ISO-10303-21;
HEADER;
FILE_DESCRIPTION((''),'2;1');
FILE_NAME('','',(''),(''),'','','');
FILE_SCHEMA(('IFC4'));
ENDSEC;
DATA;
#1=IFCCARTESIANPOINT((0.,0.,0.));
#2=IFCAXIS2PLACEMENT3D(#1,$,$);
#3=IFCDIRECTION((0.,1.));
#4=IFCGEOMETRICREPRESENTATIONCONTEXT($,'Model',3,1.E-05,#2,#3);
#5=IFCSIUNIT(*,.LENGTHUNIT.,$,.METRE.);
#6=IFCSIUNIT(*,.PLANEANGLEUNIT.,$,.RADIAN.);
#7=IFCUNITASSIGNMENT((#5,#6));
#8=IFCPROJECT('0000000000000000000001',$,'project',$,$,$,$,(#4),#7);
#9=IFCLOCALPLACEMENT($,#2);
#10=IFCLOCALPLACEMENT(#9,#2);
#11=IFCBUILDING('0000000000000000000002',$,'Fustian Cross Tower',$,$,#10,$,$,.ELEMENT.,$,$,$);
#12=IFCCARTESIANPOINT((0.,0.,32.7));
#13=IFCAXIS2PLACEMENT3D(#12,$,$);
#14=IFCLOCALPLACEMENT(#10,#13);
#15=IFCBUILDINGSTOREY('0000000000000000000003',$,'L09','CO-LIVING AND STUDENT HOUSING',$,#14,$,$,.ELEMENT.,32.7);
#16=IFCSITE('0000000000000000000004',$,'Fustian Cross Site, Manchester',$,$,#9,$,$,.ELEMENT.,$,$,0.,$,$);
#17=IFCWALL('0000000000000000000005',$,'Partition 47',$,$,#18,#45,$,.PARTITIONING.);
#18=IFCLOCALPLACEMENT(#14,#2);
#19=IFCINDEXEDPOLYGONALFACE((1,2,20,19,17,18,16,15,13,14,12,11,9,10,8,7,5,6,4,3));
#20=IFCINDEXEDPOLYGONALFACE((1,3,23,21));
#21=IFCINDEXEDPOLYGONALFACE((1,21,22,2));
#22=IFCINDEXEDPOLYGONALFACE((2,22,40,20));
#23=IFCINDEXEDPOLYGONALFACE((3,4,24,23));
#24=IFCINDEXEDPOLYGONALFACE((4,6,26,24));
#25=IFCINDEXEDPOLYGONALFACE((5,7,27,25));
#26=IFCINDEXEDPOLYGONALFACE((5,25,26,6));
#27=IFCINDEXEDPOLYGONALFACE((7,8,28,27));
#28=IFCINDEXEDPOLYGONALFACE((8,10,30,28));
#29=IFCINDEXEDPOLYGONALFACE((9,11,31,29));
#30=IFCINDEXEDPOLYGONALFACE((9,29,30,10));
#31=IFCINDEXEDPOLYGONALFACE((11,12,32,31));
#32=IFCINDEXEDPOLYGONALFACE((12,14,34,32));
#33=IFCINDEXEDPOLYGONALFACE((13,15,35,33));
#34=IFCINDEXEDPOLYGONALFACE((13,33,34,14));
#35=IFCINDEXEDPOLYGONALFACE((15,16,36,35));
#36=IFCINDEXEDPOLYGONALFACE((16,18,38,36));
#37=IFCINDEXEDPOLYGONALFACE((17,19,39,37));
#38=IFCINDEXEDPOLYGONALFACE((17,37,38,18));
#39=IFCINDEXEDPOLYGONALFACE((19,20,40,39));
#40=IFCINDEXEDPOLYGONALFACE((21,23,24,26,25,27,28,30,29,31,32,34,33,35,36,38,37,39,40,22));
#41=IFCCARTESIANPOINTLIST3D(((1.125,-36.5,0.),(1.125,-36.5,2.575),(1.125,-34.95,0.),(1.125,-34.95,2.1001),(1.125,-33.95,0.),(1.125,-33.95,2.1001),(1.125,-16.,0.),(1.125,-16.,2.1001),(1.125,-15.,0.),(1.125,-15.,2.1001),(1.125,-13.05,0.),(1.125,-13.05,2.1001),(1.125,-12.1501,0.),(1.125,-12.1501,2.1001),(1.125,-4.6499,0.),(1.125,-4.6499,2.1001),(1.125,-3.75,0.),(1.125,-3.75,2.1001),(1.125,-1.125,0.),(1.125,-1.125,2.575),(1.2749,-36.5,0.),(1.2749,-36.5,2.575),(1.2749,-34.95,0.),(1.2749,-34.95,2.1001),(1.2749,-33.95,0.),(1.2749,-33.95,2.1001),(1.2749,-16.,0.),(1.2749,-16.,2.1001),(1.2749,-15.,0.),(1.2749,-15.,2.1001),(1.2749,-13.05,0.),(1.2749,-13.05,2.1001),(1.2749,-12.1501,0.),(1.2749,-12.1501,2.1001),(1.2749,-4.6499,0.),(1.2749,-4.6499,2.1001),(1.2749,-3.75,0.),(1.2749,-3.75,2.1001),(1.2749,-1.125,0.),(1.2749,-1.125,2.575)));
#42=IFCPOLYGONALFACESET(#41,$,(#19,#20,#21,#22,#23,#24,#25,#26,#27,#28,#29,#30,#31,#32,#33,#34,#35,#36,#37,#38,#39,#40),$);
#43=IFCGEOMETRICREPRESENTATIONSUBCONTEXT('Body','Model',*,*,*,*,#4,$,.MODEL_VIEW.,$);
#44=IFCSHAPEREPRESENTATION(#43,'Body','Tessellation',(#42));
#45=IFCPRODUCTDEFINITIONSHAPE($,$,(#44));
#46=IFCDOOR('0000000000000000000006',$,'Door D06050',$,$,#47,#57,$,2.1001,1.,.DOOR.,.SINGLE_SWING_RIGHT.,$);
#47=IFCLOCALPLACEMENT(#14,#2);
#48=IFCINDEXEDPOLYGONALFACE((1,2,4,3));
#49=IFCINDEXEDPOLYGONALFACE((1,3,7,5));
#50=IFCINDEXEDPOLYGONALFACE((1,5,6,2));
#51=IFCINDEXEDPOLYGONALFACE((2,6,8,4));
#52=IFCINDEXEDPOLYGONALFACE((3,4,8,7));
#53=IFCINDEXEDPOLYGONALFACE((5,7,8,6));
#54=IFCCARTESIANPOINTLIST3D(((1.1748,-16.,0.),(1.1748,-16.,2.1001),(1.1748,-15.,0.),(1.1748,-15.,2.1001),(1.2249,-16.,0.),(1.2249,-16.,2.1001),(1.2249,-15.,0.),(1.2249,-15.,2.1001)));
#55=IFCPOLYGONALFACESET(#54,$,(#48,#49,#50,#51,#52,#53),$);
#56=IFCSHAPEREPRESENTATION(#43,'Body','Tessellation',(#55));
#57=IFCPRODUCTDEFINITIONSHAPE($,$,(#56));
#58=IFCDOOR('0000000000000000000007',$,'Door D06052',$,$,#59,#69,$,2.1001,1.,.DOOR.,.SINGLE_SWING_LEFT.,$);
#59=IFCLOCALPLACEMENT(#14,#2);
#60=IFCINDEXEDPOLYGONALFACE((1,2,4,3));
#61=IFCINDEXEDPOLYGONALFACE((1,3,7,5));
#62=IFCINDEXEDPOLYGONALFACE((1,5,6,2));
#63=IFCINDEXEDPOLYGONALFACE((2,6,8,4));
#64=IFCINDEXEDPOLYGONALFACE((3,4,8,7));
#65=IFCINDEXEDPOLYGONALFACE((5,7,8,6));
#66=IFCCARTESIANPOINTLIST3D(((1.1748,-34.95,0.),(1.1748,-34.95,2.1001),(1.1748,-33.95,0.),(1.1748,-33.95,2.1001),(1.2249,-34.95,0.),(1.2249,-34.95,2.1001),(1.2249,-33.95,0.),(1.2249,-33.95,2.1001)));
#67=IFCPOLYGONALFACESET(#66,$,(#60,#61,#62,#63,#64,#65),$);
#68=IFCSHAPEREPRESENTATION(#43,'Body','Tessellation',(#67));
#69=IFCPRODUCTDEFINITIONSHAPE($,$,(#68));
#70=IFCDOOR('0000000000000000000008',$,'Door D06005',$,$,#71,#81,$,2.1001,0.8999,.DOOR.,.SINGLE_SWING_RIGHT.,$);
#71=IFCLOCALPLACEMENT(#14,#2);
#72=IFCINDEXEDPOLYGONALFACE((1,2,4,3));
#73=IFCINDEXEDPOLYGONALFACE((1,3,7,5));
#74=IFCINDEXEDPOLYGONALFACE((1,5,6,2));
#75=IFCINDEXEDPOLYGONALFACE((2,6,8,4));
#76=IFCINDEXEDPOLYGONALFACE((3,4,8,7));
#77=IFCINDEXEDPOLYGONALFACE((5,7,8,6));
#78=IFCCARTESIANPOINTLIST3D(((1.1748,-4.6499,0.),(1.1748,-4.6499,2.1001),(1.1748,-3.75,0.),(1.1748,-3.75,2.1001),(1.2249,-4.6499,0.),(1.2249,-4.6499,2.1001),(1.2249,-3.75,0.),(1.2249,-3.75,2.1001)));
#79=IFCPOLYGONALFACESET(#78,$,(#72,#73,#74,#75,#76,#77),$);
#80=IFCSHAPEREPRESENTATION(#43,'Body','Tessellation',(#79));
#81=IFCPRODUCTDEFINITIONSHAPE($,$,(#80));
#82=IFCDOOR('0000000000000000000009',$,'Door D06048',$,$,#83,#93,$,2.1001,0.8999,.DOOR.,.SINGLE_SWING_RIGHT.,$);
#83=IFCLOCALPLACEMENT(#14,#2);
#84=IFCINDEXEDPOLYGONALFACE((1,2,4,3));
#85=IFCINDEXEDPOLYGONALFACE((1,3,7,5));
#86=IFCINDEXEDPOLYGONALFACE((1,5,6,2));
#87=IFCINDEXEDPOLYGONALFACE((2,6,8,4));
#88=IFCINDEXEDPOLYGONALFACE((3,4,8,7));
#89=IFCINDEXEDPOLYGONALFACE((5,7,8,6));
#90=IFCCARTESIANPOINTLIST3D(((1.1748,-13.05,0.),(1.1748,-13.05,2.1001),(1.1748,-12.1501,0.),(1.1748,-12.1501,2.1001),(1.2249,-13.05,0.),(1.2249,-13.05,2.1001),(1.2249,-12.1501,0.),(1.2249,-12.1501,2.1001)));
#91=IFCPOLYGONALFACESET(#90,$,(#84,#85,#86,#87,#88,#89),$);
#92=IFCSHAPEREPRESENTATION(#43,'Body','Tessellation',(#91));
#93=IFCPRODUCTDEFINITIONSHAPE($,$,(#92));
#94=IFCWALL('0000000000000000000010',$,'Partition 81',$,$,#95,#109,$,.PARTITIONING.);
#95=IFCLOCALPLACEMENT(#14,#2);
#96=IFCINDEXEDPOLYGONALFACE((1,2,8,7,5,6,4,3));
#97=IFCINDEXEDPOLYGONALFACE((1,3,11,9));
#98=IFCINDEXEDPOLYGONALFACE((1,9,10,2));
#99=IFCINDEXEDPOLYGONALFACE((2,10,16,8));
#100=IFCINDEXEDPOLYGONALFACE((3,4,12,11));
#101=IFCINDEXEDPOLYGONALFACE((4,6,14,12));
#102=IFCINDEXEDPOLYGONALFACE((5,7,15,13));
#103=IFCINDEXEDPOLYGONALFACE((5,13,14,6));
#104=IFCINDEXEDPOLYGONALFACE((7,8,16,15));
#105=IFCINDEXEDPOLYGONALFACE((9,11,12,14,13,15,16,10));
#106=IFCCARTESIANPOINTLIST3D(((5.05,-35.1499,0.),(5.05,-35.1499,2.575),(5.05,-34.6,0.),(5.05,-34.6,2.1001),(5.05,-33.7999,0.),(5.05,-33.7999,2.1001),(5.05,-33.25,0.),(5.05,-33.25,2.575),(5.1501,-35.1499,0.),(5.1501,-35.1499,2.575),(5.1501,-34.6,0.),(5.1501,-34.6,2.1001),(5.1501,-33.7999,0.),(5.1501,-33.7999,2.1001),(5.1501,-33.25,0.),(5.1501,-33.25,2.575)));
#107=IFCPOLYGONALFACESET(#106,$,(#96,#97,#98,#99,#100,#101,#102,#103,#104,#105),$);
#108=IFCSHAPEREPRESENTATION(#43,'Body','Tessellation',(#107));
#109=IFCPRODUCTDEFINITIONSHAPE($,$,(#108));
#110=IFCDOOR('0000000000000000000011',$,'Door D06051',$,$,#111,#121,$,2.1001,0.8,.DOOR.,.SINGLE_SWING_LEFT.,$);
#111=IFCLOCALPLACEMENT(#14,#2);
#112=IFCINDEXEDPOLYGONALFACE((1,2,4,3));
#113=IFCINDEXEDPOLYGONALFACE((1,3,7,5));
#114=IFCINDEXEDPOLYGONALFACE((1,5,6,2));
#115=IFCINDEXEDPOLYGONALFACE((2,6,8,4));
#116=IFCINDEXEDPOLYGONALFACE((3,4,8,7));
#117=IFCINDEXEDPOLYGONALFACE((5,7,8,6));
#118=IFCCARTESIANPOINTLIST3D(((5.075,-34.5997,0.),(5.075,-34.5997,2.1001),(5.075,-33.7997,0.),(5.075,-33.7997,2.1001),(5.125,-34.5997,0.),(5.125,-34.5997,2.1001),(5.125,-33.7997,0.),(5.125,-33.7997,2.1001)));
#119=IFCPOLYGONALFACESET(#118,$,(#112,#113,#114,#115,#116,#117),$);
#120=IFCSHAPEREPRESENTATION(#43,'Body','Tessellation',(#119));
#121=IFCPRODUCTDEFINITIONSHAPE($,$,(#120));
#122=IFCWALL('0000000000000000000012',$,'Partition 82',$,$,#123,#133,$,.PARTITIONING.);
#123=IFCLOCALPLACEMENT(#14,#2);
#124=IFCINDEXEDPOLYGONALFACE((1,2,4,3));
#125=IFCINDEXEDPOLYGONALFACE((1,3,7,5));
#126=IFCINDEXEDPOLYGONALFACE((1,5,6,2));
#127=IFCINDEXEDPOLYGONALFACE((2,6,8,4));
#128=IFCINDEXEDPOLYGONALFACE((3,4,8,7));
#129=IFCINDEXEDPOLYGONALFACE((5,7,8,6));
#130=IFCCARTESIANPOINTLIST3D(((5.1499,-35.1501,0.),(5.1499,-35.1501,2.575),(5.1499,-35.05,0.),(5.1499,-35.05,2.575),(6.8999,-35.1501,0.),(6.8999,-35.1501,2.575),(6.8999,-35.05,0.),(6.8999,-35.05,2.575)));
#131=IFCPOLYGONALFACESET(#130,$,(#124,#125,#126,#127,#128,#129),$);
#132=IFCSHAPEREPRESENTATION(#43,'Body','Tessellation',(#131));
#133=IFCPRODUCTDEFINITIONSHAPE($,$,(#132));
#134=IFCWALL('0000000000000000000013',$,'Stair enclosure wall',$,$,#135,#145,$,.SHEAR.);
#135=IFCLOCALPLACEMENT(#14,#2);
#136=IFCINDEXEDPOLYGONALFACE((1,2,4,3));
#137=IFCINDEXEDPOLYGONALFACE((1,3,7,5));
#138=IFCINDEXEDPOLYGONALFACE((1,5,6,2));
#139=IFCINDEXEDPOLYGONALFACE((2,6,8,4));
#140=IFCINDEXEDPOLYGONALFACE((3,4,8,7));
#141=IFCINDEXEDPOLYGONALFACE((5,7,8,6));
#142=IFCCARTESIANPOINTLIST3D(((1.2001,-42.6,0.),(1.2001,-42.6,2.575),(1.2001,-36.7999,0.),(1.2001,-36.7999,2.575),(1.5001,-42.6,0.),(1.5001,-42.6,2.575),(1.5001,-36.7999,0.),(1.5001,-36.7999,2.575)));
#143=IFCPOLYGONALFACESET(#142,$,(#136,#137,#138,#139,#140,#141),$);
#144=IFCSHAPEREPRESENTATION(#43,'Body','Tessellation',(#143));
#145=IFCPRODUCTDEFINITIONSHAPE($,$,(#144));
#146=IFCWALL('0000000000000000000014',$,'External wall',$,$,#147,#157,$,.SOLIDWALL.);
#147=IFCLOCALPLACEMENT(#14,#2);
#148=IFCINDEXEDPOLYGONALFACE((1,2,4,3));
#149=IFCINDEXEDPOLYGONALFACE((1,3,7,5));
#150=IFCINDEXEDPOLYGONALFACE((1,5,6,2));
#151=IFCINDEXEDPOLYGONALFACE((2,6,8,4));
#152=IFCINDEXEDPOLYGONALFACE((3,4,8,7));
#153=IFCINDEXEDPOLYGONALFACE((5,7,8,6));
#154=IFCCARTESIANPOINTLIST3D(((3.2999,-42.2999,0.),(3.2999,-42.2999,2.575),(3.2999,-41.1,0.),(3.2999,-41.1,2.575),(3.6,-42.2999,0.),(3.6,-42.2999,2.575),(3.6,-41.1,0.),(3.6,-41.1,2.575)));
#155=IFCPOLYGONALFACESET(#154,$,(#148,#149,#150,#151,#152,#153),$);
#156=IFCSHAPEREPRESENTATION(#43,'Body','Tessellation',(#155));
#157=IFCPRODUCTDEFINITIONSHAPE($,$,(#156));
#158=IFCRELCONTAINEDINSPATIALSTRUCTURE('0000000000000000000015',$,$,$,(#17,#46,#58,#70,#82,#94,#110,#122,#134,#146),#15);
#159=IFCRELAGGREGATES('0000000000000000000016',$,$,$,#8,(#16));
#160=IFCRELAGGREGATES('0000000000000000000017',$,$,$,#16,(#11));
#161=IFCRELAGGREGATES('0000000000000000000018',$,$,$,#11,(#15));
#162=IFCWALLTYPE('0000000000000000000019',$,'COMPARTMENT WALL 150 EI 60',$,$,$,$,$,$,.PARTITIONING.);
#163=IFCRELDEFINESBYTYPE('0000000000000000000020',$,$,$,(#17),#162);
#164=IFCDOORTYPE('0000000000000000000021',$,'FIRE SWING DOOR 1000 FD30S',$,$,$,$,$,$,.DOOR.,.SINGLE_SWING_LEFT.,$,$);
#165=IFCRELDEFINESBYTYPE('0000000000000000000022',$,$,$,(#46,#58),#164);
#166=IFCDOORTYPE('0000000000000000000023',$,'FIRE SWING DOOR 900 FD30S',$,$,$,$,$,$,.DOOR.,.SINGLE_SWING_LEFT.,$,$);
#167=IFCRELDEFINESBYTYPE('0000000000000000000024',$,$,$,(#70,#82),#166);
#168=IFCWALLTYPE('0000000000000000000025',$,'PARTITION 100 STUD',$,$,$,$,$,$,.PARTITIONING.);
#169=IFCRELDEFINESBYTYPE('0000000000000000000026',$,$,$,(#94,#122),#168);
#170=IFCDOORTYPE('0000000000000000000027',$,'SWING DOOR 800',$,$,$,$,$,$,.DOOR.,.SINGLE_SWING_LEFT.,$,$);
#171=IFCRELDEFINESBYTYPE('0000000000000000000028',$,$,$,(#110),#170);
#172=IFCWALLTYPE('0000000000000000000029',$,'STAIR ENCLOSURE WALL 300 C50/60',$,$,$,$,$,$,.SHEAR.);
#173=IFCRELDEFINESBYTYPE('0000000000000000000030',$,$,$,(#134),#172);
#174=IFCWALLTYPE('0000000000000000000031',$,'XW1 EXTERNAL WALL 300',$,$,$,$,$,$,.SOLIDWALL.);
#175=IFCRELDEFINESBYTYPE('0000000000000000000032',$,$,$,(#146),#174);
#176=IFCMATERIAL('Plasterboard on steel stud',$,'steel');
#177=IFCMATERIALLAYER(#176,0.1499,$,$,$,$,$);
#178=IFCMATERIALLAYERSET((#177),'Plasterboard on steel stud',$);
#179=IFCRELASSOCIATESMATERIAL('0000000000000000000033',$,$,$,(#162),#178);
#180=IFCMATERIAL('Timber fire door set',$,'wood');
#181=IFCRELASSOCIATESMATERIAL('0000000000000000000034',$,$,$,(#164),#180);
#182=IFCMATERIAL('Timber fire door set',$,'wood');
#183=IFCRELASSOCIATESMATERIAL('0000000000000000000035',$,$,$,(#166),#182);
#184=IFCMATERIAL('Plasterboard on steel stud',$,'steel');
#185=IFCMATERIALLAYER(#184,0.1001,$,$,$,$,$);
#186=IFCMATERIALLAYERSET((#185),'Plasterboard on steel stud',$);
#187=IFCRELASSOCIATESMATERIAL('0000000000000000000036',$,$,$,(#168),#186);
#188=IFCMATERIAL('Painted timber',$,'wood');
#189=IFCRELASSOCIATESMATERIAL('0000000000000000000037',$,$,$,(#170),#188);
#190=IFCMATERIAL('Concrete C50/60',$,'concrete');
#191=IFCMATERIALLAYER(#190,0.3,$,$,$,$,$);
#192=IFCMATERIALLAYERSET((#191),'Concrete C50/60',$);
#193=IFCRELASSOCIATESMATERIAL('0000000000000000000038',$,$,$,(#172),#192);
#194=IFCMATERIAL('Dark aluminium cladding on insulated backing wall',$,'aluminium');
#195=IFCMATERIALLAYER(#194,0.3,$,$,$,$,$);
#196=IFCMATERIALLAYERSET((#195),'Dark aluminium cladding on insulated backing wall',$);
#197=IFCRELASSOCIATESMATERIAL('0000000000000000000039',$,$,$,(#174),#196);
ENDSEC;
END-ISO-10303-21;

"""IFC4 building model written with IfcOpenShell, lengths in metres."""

from ifc_helpers import new_model, si_unit, direction, frame, frame_2d, origin, place, context, subcontext, project, spatial, rectangle, extrude, material, layer, layer_set, type_object, element, fill, save


model = new_model("IFC4")

# Units and contexts
model_context = context("Model", 3, precision=1e-05, world=origin(), true_north=direction((0.0, 1.0)))
body_context = subcontext(model_context, "Body", "Model", "MODEL_VIEW")
ifc_project = project(units=[si_unit("LENGTHUNIT", "METRE"), si_unit("PLANEANGLEUNIT", "RADIAN")], contexts=[model_context])

# Site, building, storey
site_placement = place(None, origin())
site = spatial("IfcSite", under=ifc_project, at=site_placement, Name="Fustian Cross Site, Manchester", CompositionType="ELEMENT", RefElevation=0.0)
building_placement = place(site_placement, origin())
building = spatial("IfcBuilding", under=site, at=building_placement, Name="Fustian Cross Tower", CompositionType="ELEMENT")
storey_placement = place(building_placement, frame((0.0, 0.0, 32.7)))
storey = spatial("IfcBuildingStorey", under=building, at=storey_placement, Name="L09", Description="CO-LIVING AND STUDENT HOUSING", CompositionType="ELEMENT", Elevation=32.7)

# Wall, openings, doors
ifc_material_1 = material(Name="Plasterboard on steel stud", Category="steel")
ifc_layer_1 = layer(ifc_material_1, 0.1499)
ifc_layer_set_1 = layer_set([ifc_layer_1], Name="Plasterboard on steel stud")
wall_type_1 = type_object("IfcWallType", Name="COMPARTMENT WALL 150 EI 60", PredefinedType="PARTITIONING", material=ifc_layer_set_1)
wall_1_placement = place(storey_placement, frame((1.2, -36.5, 0.0), z_axis=(0.0, 0.0, 1.0), x_axis=(0.0, 1.0, 0.0)))
wall_1 = element("IfcWall", 1, at=wall_1_placement, inside=storey, type_object=wall_type_1, Name="Partition 47", PredefinedType="PARTITIONING", context=body_context, shape_type="SweptSolid", body=[
    extrude(rectangle(XDim=35.375, YDim=0.1499, at=frame_2d((17.6875, 0.0))), origin(), (0.0, 0.0, 1.0), 2.575),
])
opening_1_placement = place(wall_1_placement, frame((31.8501, 0.0, 0.0)))
opening_1 = element("IfcOpeningElement", 2, at=opening_1_placement, cuts=wall_1, PredefinedType="OPENING", context=body_context, shape_type="SweptSolid", body=[
    extrude(rectangle(XDim=0.8999, YDim=2.1001, at=frame_2d((0.45, 1.05))), frame((0.0, 0.085, 0.0), z_axis=(0.0, -1.0, 0.0), x_axis=(1.0, 0.0, 0.0)), (0.0, 0.0, 1.0), 0.1699),
])
opening_2_placement = place(wall_1_placement, frame((23.45, 0.0, 0.0)))
opening_2 = element("IfcOpeningElement", 3, at=opening_2_placement, cuts=wall_1, PredefinedType="OPENING", context=body_context, shape_type="SweptSolid", body=[
    extrude(rectangle(XDim=0.8999, YDim=2.1001, at=frame_2d((0.45, 1.05))), frame((0.0, 0.085, 0.0), z_axis=(0.0, -1.0, 0.0), x_axis=(1.0, 0.0, 0.0)), (0.0, 0.0, 1.0), 0.1699),
])
opening_3_placement = place(wall_1_placement, frame((20.5, 0.0, 0.0)))
opening_3 = element("IfcOpeningElement", 4, at=opening_3_placement, cuts=wall_1, PredefinedType="OPENING", context=body_context, shape_type="SweptSolid", body=[
    extrude(rectangle(XDim=1.0, YDim=2.1001, at=frame_2d((0.5, 1.05))), frame((0.0, 0.085, 0.0), z_axis=(0.0, -1.0, 0.0), x_axis=(1.0, 0.0, 0.0)), (0.0, 0.0, 1.0), 0.1699),
])
opening_4_placement = place(wall_1_placement, frame((1.55, 0.0, 0.0)))
opening_4 = element("IfcOpeningElement", 5, at=opening_4_placement, cuts=wall_1, PredefinedType="OPENING", context=body_context, shape_type="SweptSolid", body=[
    extrude(rectangle(XDim=1.0, YDim=2.1001, at=frame_2d((0.5, 1.05))), frame((0.0, 0.085, 0.0), z_axis=(0.0, -1.0, 0.0), x_axis=(1.0, 0.0, 0.0)), (0.0, 0.0, 1.0), 0.1699),
])
ifc_material_2 = material(Name="Timber fire door set", Category="wood")
door_type_1 = type_object("IfcDoorType", Name="FIRE SWING DOOR 1000 FD30S", OperationType="SINGLE_SWING_LEFT", PredefinedType="DOOR", material=ifc_material_2)
door_1_placement = place(opening_3_placement, frame((1.0, 0.0, 0.0), z_axis=(0.0, 0.0, 1.0), x_axis=(-1.0, 0.0, 0.0)))
door_1 = element("IfcDoor", 6, at=door_1_placement, inside=storey, type_object=door_type_1, Name="Door D06050", OperationType="SINGLE_SWING_RIGHT", OverallHeight=2.1001, OverallWidth=1.0, PredefinedType="DOOR", context=body_context, shape_type="SweptSolid", body=[
    extrude(rectangle(XDim=1.0, YDim=2.1001, at=frame_2d((0.5, 1.05))), frame((0.0, 0.0249, 0.0), z_axis=(0.0, -1.0, 0.0), x_axis=(1.0, 0.0, 0.0)), (0.0, 0.0, 1.0), 0.05),
])
fill(opening_3, door_1)
door_2_placement = place(opening_4_placement, frame((1.0, 0.0, 0.0), z_axis=(0.0, 0.0, 1.0), x_axis=(-1.0, 0.0, 0.0)))
door_2 = element("IfcDoor", 7, at=door_2_placement, inside=storey, type_object=door_type_1, Name="Door D06052", OperationType="SINGLE_SWING_LEFT", OverallHeight=2.1001, OverallWidth=1.0, PredefinedType="DOOR", context=body_context, shape_type="SweptSolid", body=[
    extrude(rectangle(XDim=1.0, YDim=2.1001, at=frame_2d((0.5, 1.05))), frame((0.0, 0.0249, 0.0), z_axis=(0.0, -1.0, 0.0), x_axis=(1.0, 0.0, 0.0)), (0.0, 0.0, 1.0), 0.05),
])
fill(opening_4, door_2)
ifc_material_3 = material(Name="Timber fire door set", Category="wood")
door_type_2 = type_object("IfcDoorType", Name="FIRE SWING DOOR 900 FD30S", OperationType="SINGLE_SWING_LEFT", PredefinedType="DOOR", material=ifc_material_3)
door_3_placement = place(opening_1_placement, frame((0.8999, 0.0, 0.0), z_axis=(0.0, 0.0, 1.0), x_axis=(-1.0, 0.0, 0.0)))
door_3 = element("IfcDoor", 8, at=door_3_placement, inside=storey, type_object=door_type_2, Name="Door D06005", OperationType="SINGLE_SWING_RIGHT", OverallHeight=2.1001, OverallWidth=0.8999, PredefinedType="DOOR", context=body_context, shape_type="SweptSolid", body=[
    extrude(rectangle(XDim=0.8999, YDim=2.1001, at=frame_2d((0.45, 1.05))), frame((0.0, 0.0249, 0.0), z_axis=(0.0, -1.0, 0.0), x_axis=(1.0, 0.0, 0.0)), (0.0, 0.0, 1.0), 0.05),
])
fill(opening_1, door_3)
door_4_placement = place(opening_2_placement, frame((0.8999, 0.0, 0.0), z_axis=(0.0, 0.0, 1.0), x_axis=(-1.0, 0.0, 0.0)))
door_4 = element("IfcDoor", 9, at=door_4_placement, inside=storey, type_object=door_type_2, Name="Door D06048", OperationType="SINGLE_SWING_RIGHT", OverallHeight=2.1001, OverallWidth=0.8999, PredefinedType="DOOR", context=body_context, shape_type="SweptSolid", body=[
    extrude(rectangle(XDim=0.8999, YDim=2.1001, at=frame_2d((0.45, 1.05))), frame((0.0, 0.0249, 0.0), z_axis=(0.0, -1.0, 0.0), x_axis=(1.0, 0.0, 0.0)), (0.0, 0.0, 1.0), 0.05),
])
fill(opening_2, door_4)

# Wall, opening, door
ifc_material_4 = material(Name="Plasterboard on steel stud", Category="steel")
ifc_layer_2 = layer(ifc_material_4, 0.1001)
ifc_layer_set_2 = layer_set([ifc_layer_2], Name="Plasterboard on steel stud")
wall_type_2 = type_object("IfcWallType", Name="PARTITION 100 STUD", PredefinedType="PARTITIONING", material=ifc_layer_set_2)
wall_2_placement = place(storey_placement, frame((5.1001, -35.1499, 0.0), z_axis=(0.0, 0.0, 1.0), x_axis=(0.0, 1.0, 0.0)))
wall_2 = element("IfcWall", 10, at=wall_2_placement, inside=storey, type_object=wall_type_2, Name="Partition 81", PredefinedType="PARTITIONING", context=body_context, shape_type="SweptSolid", body=[
    extrude(rectangle(XDim=1.8999, YDim=0.1001, at=frame_2d((0.95, 0.0))), origin(), (0.0, 0.0, 1.0), 2.575),
])
opening_5_placement = place(wall_2_placement, frame((0.55, 0.0, 0.0)))
opening_5 = element("IfcOpeningElement", 11, at=opening_5_placement, cuts=wall_2, PredefinedType="OPENING", context=body_context, shape_type="SweptSolid", body=[
    extrude(rectangle(XDim=0.8, YDim=2.1001, at=frame_2d((0.3999, 1.05))), frame((0.0, 0.0601, 0.0), z_axis=(0.0, -1.0, 0.0), x_axis=(1.0, 0.0, 0.0)), (0.0, 0.0, 1.0), 0.1201),
])
ifc_material_5 = material(Name="Painted timber", Category="wood")
door_type_3 = type_object("IfcDoorType", Name="SWING DOOR 800", OperationType="SINGLE_SWING_LEFT", PredefinedType="DOOR", material=ifc_material_5)
door_5_placement = place(opening_5_placement, frame((0.8, 0.0, 0.0), z_axis=(0.0, 0.0, 1.0), x_axis=(-1.0, 0.0, 0.0)))
door_5 = element("IfcDoor", 12, at=door_5_placement, inside=storey, type_object=door_type_3, Name="Door D06051", OperationType="SINGLE_SWING_LEFT", OverallHeight=2.1001, OverallWidth=0.8, PredefinedType="DOOR", context=body_context, shape_type="SweptSolid", body=[
    extrude(rectangle(XDim=0.8, YDim=2.1001, at=frame_2d((0.3999, 1.05))), frame((0.0, 0.0249, 0.0), z_axis=(0.0, -1.0, 0.0), x_axis=(1.0, 0.0, 0.0)), (0.0, 0.0, 1.0), 0.05),
])
fill(opening_5, door_5)

# Walls
wall_3_placement = place(storey_placement, frame((5.1499, -35.1001, 0.0), z_axis=(0.0, 0.0, 1.0), x_axis=(1.0, 0.0, 0.0)))
element("IfcWall", 13, at=wall_3_placement, inside=storey, type_object=wall_type_2, Name="Partition 82", PredefinedType="PARTITIONING", context=body_context, shape_type="SweptSolid", body=[
    extrude(rectangle(XDim=1.75, YDim=0.1001, at=frame_2d((0.875, 0.0))), origin(), (0.0, 0.0, 1.0), 2.575),
])
ifc_material_6 = material(Name="Concrete C50/60", Category="concrete")
ifc_layer_3 = layer(ifc_material_6, 0.3)
ifc_layer_set_3 = layer_set([ifc_layer_3], Name="Concrete C50/60")
wall_type_3 = type_object("IfcWallType", Name="STAIR ENCLOSURE WALL 300 C50/60", PredefinedType="SHEAR", material=ifc_layer_set_3)
wall_4_placement = place(storey_placement, frame((1.3501, -36.8, 0.0), z_axis=(0.0, 0.0, 1.0), x_axis=(0.0, -1.0, 0.0)))
element("IfcWall", 14, at=wall_4_placement, inside=storey, type_object=wall_type_3, Name="Stair enclosure wall", PredefinedType="SHEAR", context=body_context, shape_type="SweptSolid", body=[
    extrude(rectangle(XDim=5.8, YDim=0.3, at=frame_2d((2.8999, 0.0))), origin(), (0.0, 0.0, 1.0), 2.575),
])
ifc_material_7 = material(Name="Dark aluminium cladding on insulated backing wall", Category="aluminium")
ifc_layer_4 = layer(ifc_material_7, 0.3)
ifc_layer_set_4 = layer_set([ifc_layer_4], Name="Dark aluminium cladding on insulated backing wall")
wall_type_4 = type_object("IfcWallType", Name="XW1 EXTERNAL WALL 300", PredefinedType="SOLIDWALL", material=ifc_layer_set_4)
wall_5_placement = place(storey_placement, frame((3.45, -42.3, 0.0), z_axis=(0.0, 0.0, 1.0), x_axis=(0.0, 1.0, 0.0)))
element("IfcWall", 15, at=wall_5_placement, inside=storey, type_object=wall_type_4, Name="External wall", PredefinedType="SOLIDWALL", context=body_context, shape_type="SweptSolid", body=[
    extrude(rectangle(XDim=1.2, YDim=0.3, at=frame_2d((0.6001, 0.0))), origin(), (0.0, 0.0, 1.0), 2.575),
])

save(model, "model.ifc")
